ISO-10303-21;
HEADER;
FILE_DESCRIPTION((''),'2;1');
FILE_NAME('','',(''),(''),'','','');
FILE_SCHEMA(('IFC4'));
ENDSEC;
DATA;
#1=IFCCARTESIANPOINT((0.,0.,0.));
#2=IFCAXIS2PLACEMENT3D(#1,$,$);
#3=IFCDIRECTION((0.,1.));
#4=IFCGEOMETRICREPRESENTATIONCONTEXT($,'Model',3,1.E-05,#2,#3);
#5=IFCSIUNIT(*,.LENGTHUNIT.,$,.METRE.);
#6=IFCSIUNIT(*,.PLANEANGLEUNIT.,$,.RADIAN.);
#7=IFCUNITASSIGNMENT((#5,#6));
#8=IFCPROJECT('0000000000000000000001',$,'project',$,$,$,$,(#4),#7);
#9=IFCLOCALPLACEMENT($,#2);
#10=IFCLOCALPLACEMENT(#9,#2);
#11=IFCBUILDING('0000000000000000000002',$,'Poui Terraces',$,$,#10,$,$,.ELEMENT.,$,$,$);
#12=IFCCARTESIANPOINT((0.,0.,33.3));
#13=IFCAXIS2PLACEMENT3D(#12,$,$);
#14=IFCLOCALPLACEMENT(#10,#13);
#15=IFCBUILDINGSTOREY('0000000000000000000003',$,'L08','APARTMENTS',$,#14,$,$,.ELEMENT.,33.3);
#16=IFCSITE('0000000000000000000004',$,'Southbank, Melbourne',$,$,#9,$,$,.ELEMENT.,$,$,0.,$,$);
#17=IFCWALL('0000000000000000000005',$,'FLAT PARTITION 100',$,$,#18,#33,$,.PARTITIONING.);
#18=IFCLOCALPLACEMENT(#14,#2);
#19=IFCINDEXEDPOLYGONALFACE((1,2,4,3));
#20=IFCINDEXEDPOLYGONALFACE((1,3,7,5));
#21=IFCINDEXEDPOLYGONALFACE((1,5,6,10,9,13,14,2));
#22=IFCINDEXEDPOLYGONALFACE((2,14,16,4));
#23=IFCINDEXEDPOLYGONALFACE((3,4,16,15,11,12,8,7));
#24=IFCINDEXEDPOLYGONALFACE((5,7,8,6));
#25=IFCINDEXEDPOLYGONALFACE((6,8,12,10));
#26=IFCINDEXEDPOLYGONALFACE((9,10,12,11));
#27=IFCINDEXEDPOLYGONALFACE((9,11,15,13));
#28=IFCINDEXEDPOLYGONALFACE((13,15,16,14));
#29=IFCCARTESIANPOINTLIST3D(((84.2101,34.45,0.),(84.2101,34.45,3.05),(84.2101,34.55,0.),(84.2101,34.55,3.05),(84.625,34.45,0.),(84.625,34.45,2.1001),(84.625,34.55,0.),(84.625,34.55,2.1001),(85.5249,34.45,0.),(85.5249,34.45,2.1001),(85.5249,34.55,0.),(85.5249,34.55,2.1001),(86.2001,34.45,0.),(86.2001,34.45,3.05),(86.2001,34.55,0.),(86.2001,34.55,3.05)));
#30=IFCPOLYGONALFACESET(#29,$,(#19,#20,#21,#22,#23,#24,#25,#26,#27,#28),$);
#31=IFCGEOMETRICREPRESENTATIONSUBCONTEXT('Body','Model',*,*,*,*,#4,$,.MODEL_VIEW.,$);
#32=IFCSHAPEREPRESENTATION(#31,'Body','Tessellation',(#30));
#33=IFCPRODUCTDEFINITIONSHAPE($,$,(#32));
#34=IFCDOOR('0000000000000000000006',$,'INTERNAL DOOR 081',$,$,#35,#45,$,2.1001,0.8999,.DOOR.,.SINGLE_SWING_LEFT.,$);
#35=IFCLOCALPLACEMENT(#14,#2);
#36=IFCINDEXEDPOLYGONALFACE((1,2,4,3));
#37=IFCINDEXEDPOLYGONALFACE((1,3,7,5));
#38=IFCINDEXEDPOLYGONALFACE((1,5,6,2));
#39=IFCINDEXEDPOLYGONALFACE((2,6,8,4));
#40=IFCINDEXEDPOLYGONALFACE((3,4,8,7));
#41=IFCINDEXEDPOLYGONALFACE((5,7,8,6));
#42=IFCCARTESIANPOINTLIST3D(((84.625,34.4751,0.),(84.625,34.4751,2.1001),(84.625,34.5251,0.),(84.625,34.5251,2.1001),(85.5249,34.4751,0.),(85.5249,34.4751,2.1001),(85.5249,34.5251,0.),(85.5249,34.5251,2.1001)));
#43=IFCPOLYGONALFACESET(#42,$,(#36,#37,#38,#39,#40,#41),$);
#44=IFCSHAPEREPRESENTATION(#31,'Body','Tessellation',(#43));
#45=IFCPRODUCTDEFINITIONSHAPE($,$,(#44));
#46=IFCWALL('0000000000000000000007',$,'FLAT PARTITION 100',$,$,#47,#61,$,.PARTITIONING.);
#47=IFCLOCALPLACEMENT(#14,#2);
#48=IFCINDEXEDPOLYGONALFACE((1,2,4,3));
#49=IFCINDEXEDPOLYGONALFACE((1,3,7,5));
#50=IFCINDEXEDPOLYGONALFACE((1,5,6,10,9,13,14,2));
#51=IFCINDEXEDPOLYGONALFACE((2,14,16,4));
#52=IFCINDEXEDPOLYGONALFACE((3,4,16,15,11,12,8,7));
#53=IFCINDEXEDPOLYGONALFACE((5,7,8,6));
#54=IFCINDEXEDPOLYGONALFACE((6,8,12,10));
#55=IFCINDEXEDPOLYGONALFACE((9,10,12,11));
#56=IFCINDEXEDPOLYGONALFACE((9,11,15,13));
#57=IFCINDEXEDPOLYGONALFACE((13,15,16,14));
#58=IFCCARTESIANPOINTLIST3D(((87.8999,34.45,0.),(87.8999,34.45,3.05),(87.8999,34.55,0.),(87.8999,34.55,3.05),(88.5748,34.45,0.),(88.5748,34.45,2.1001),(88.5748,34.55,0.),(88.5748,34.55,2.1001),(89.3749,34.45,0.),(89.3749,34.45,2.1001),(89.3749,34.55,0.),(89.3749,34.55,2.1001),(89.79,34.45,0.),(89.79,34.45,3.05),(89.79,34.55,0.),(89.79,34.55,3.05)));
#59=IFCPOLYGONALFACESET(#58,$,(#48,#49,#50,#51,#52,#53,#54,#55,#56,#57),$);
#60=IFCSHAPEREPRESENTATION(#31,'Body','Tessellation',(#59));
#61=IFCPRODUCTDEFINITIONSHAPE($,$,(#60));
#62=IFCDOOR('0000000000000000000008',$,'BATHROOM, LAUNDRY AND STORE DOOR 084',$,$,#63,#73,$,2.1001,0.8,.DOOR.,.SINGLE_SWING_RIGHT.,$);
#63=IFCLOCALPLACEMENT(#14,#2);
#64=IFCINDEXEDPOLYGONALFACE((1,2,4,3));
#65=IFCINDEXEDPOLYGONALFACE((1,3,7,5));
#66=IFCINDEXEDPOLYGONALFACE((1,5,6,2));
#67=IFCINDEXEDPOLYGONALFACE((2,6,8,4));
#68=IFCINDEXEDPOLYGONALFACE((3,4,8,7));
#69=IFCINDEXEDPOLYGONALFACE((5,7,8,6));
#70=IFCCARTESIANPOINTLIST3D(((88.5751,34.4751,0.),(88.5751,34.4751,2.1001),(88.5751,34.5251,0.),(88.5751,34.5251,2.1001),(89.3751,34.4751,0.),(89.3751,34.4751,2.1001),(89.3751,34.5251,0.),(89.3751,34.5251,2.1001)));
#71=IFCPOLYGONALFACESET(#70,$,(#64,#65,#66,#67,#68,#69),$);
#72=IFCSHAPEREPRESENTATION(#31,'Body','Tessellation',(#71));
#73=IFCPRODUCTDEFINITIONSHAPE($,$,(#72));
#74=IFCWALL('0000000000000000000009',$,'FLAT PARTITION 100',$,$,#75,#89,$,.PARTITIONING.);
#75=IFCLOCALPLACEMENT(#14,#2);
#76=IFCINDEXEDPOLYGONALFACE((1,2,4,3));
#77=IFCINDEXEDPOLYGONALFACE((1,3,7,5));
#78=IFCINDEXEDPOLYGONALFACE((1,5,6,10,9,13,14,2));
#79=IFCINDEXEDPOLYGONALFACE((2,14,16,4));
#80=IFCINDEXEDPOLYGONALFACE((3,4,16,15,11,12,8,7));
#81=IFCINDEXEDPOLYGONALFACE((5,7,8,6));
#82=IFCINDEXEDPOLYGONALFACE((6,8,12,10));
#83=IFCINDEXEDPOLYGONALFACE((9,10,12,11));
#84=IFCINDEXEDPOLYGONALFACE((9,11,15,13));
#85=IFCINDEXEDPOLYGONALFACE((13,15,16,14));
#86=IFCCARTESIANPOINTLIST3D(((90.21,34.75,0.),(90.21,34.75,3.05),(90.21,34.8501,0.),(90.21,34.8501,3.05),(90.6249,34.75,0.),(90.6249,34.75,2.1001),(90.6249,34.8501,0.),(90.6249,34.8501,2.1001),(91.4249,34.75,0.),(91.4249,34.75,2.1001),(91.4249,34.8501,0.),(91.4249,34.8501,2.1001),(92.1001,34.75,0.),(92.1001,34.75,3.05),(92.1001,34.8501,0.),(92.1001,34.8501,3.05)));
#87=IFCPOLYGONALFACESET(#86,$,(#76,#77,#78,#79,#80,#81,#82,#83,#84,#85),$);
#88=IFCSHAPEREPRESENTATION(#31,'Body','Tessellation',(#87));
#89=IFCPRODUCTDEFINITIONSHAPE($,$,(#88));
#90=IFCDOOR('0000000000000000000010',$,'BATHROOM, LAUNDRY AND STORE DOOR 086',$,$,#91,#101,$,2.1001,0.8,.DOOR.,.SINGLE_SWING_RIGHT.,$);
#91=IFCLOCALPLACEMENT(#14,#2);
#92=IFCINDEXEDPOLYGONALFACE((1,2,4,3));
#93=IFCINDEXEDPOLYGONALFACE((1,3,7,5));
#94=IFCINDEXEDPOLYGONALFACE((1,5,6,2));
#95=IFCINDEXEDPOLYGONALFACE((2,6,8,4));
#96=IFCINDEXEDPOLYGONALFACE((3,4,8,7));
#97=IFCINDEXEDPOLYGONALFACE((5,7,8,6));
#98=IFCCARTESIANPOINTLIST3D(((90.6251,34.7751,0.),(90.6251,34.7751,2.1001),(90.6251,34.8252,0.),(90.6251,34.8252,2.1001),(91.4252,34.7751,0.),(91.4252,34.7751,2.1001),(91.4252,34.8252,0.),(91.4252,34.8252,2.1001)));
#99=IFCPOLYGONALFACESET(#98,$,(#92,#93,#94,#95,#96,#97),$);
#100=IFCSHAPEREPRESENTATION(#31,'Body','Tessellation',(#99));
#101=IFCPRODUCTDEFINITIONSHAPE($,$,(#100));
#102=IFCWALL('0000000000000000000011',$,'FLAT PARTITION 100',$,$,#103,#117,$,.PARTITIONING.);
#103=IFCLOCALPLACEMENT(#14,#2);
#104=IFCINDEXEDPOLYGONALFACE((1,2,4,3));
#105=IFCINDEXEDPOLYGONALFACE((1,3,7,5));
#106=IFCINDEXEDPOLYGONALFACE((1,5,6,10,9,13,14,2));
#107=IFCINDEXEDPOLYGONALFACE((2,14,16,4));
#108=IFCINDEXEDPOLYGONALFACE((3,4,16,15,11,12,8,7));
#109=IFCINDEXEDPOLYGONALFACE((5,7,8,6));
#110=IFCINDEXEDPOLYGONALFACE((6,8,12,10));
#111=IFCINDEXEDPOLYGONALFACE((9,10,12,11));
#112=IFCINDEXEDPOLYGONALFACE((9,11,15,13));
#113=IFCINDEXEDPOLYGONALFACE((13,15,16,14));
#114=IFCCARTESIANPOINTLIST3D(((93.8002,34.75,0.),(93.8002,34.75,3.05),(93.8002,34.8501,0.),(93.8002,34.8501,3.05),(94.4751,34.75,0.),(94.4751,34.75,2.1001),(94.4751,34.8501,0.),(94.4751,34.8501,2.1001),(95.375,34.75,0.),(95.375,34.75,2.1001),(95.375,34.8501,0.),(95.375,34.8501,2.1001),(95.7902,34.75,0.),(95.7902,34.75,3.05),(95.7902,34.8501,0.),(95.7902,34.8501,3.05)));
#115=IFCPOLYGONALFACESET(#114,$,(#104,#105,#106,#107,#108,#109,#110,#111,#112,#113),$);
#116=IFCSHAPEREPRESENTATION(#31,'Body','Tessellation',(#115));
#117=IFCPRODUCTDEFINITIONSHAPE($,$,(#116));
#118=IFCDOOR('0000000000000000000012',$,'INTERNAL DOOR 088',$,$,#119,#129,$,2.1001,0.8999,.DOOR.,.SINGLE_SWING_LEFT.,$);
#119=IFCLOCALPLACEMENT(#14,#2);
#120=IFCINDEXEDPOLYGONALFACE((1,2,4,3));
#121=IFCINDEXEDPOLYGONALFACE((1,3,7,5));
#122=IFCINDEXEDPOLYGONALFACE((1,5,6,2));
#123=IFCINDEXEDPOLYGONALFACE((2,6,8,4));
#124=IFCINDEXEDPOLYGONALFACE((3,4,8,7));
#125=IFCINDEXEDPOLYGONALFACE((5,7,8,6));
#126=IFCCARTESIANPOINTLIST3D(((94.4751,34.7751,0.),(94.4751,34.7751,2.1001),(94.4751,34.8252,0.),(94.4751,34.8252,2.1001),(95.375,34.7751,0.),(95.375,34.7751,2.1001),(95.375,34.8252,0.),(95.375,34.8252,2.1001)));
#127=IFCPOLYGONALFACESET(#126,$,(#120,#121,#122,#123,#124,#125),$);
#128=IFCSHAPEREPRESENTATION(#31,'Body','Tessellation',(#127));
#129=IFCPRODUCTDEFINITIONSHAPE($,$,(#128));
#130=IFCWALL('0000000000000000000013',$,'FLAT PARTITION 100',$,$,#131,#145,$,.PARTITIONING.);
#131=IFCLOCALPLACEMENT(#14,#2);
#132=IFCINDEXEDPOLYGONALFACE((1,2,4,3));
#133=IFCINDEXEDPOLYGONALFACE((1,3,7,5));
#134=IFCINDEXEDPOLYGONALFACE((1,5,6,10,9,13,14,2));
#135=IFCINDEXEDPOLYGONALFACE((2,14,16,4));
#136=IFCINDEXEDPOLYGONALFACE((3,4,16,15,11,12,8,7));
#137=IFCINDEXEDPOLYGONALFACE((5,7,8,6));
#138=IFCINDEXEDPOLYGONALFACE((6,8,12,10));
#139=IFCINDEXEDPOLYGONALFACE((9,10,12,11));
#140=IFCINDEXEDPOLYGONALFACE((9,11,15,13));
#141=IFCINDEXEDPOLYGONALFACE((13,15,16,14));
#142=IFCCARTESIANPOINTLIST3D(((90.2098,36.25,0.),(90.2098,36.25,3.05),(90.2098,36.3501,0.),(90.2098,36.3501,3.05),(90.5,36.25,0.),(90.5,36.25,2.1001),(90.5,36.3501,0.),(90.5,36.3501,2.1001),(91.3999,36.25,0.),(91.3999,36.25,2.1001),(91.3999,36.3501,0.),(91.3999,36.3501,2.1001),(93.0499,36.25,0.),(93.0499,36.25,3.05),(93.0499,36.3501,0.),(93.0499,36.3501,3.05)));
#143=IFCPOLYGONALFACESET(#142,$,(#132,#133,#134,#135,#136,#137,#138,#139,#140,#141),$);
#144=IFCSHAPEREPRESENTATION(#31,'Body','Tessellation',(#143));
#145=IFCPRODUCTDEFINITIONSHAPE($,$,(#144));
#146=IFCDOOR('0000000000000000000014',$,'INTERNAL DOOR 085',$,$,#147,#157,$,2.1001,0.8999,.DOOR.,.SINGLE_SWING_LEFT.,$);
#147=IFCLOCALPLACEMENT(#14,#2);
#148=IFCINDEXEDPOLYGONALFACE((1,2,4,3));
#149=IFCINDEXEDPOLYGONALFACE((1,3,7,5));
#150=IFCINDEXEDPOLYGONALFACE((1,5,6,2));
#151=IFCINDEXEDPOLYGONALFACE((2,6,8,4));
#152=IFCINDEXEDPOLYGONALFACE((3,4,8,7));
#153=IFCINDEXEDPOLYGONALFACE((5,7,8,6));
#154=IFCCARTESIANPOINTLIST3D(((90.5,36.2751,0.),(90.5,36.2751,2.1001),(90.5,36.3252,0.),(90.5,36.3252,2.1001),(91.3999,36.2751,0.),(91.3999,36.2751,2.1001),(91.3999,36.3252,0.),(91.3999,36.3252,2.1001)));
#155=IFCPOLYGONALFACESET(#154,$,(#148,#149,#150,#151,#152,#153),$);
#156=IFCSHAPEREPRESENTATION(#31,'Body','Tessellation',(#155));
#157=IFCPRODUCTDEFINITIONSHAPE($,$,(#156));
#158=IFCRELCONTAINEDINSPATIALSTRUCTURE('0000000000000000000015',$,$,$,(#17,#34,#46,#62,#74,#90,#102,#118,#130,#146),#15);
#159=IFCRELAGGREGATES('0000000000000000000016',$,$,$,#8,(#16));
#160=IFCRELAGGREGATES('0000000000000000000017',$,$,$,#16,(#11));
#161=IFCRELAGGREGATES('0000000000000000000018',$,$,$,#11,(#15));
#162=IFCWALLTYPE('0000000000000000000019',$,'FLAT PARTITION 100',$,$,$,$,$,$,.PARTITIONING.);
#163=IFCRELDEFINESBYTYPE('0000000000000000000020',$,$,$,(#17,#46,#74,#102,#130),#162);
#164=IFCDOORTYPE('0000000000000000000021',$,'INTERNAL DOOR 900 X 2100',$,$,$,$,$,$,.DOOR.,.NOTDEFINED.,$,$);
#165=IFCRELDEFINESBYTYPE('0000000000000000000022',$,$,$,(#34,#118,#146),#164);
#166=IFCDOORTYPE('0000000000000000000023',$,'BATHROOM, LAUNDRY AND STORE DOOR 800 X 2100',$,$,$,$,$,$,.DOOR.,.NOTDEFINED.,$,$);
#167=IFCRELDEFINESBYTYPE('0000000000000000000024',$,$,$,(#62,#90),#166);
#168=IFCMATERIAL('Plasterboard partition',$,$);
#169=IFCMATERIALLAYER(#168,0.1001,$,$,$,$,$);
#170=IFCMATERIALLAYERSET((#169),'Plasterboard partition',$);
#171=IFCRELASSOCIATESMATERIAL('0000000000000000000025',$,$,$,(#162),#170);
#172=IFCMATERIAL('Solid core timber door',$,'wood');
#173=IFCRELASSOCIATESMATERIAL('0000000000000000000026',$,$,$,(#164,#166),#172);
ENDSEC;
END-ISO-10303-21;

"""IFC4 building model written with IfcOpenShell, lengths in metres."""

from ifc_helpers import new_model, si_unit, direction, frame, frame_2d, origin, place, context, subcontext, project, spatial, rectangle, extrude, material, layer, layer_set, type_object, element, fill, save


model = new_model("IFC4")

# Units and contexts
model_context = context("Model", 3, precision=1e-05, world=origin(), true_north=direction((0.0, 1.0)))
body_context = subcontext(model_context, "Body", "Model", "MODEL_VIEW")
ifc_project = project(units=[si_unit("LENGTHUNIT", "METRE"), si_unit("PLANEANGLEUNIT", "RADIAN")], contexts=[model_context])

# Site, building, storey
site_placement = place(None, origin())
site = spatial("IfcSite", under=ifc_project, at=site_placement, Name="Southbank, Melbourne", CompositionType="ELEMENT", RefElevation=0.0)
building_placement = place(site_placement, origin())
building = spatial("IfcBuilding", under=site, at=building_placement, Name="Poui Terraces", CompositionType="ELEMENT")
storey_placement = place(building_placement, frame((0.0, 0.0, 33.3)))
storey = spatial("IfcBuildingStorey", under=building, at=storey_placement, Name="L08", Description="APARTMENTS", CompositionType="ELEMENT", Elevation=33.3)

# Walls, openings, doors
ifc_material_1 = material(Name="Plasterboard partition")
ifc_layer_1 = layer(ifc_material_1, 0.1001)
ifc_layer_set_1 = layer_set([ifc_layer_1], Name="Plasterboard partition")
wall_type_1 = type_object("IfcWallType", Name="FLAT PARTITION 100", PredefinedType="PARTITIONING", material=ifc_layer_set_1)
wall_1_placement = place(storey_placement, frame((84.21, 34.5, 0.0), z_axis=(0.0, 0.0, 1.0), x_axis=(1.0, 0.0, 0.0)))
wall_1 = element("IfcWall", 1, at=wall_1_placement, inside=storey, type_object=wall_type_1, Name="FLAT PARTITION 100", PredefinedType="PARTITIONING", context=body_context, shape_type="SweptSolid", body=[
    extrude(rectangle(XDim=1.99, YDim=0.1001, at=frame_2d((0.9951, 0.0))), origin(), (0.0, 0.0, 1.0), 3.05),
])
opening_1_placement = place(wall_1_placement, frame((0.415, 0.0, 0.0)))
opening_1 = element("IfcOpeningElement", 2, at=opening_1_placement, cuts=wall_1, PredefinedType="OPENING", context=body_context, shape_type="SweptSolid", body=[
    extrude(rectangle(XDim=0.8999, YDim=2.1001, at=frame_2d((0.45, 1.05))), frame((0.0, 0.0601, 0.0), z_axis=(0.0, -1.0, 0.0), x_axis=(1.0, 0.0, 0.0)), (0.0, 0.0, 1.0), 0.1201),
])
ifc_material_2 = material(Name="Solid core timber door", Category="wood")
door_type_1 = type_object("IfcDoorType", Name="INTERNAL DOOR 900 X 2100", OperationType="NOTDEFINED", PredefinedType="DOOR", material=ifc_material_2)
door_1_placement = place(opening_1_placement, frame((0.8999, 0.0, 0.0), z_axis=(0.0, 0.0, 1.0), x_axis=(-1.0, 0.0, 0.0)))
door_1 = element("IfcDoor", 3, at=door_1_placement, inside=storey, type_object=door_type_1, Name="INTERNAL DOOR 081", OperationType="SINGLE_SWING_LEFT", OverallHeight=2.1001, OverallWidth=0.8999, PredefinedType="DOOR", context=body_context, shape_type="SweptSolid", body=[
    extrude(rectangle(XDim=0.8999, YDim=2.1001, at=frame_2d((0.45, 1.05))), frame((0.0, 0.0249, 0.0), z_axis=(0.0, -1.0, 0.0), x_axis=(1.0, 0.0, 0.0)), (0.0, 0.0, 1.0), 0.05),
])
fill(opening_1, door_1)
wall_2_placement = place(storey_placement, frame((87.8999, 34.5, 0.0), z_axis=(0.0, 0.0, 1.0), x_axis=(1.0, 0.0, 0.0)))
wall_2 = element("IfcWall", 4, at=wall_2_placement, inside=storey, type_object=wall_type_1, Name="FLAT PARTITION 100", PredefinedType="PARTITIONING", context=body_context, shape_type="SweptSolid", body=[
    extrude(rectangle(XDim=1.8901, YDim=0.1001, at=frame_2d((0.9451, 0.0))), origin(), (0.0, 0.0, 1.0), 3.05),
])
opening_2_placement = place(wall_2_placement, frame((0.675, 0.0, 0.0)))
opening_2 = element("IfcOpeningElement", 5, at=opening_2_placement, cuts=wall_2, PredefinedType="OPENING", context=body_context, shape_type="SweptSolid", body=[
    extrude(rectangle(XDim=0.8, YDim=2.1001, at=frame_2d((0.3999, 1.05))), frame((0.0, 0.0601, 0.0), z_axis=(0.0, -1.0, 0.0), x_axis=(1.0, 0.0, 0.0)), (0.0, 0.0, 1.0), 0.1201),
])
door_type_2 = type_object("IfcDoorType", Name="BATHROOM, LAUNDRY AND STORE DOOR 800 X 2100", OperationType="NOTDEFINED", PredefinedType="DOOR", material=ifc_material_2)
door_2_placement = place(opening_2_placement, frame((0.8, 0.0, 0.0), z_axis=(0.0, 0.0, 1.0), x_axis=(-1.0, 0.0, 0.0)))
door_2 = element("IfcDoor", 6, at=door_2_placement, inside=storey, type_object=door_type_2, Name="BATHROOM, LAUNDRY AND STORE DOOR 084", OperationType="SINGLE_SWING_RIGHT", OverallHeight=2.1001, OverallWidth=0.8, PredefinedType="DOOR", context=body_context, shape_type="SweptSolid", body=[
    extrude(rectangle(XDim=0.8, YDim=2.1001, at=frame_2d((0.3999, 1.05))), frame((0.0, 0.0249, 0.0), z_axis=(0.0, -1.0, 0.0), x_axis=(1.0, 0.0, 0.0)), (0.0, 0.0, 1.0), 0.05),
])
fill(opening_2, door_2)
wall_3_placement = place(storey_placement, frame((90.21, 34.8, 0.0), z_axis=(0.0, 0.0, 1.0), x_axis=(1.0, 0.0, 0.0)))
wall_3 = element("IfcWall", 7, at=wall_3_placement, inside=storey, type_object=wall_type_1, Name="FLAT PARTITION 100", PredefinedType="PARTITIONING", context=body_context, shape_type="SweptSolid", body=[
    extrude(rectangle(XDim=1.8901, YDim=0.1001, at=frame_2d((0.9451, 0.0))), origin(), (0.0, 0.0, 1.0), 3.05),
])
opening_3_placement = place(wall_3_placement, frame((0.415, 0.0, 0.0)))
opening_3 = element("IfcOpeningElement", 8, at=opening_3_placement, cuts=wall_3, PredefinedType="OPENING", context=body_context, shape_type="SweptSolid", body=[
    extrude(rectangle(XDim=0.8, YDim=2.1001, at=frame_2d((0.3999, 1.05))), frame((0.0, 0.0601, 0.0), z_axis=(0.0, -1.0, 0.0), x_axis=(1.0, 0.0, 0.0)), (0.0, 0.0, 1.0), 0.1201),
])
door_3_placement = place(opening_3_placement, frame((0.8, 0.0, 0.0), z_axis=(0.0, 0.0, 1.0), x_axis=(-1.0, 0.0, 0.0)))
door_3 = element("IfcDoor", 9, at=door_3_placement, inside=storey, type_object=door_type_2, Name="BATHROOM, LAUNDRY AND STORE DOOR 086", OperationType="SINGLE_SWING_RIGHT", OverallHeight=2.1001, OverallWidth=0.8, PredefinedType="DOOR", context=body_context, shape_type="SweptSolid", body=[
    extrude(rectangle(XDim=0.8, YDim=2.1001, at=frame_2d((0.3999, 1.05))), frame((0.0, 0.0249, 0.0), z_axis=(0.0, -1.0, 0.0), x_axis=(1.0, 0.0, 0.0)), (0.0, 0.0, 1.0), 0.05),
])
fill(opening_3, door_3)
wall_4_placement = place(storey_placement, frame((93.8, 34.8, 0.0), z_axis=(0.0, 0.0, 1.0), x_axis=(1.0, 0.0, 0.0)))
wall_4 = element("IfcWall", 10, at=wall_4_placement, inside=storey, type_object=wall_type_1, Name="FLAT PARTITION 100", PredefinedType="PARTITIONING", context=body_context, shape_type="SweptSolid", body=[
    extrude(rectangle(XDim=1.99, YDim=0.1001, at=frame_2d((0.9951, 0.0))), origin(), (0.0, 0.0, 1.0), 3.05),
])
opening_4_placement = place(wall_4_placement, frame((0.675, 0.0, 0.0)))
opening_4 = element("IfcOpeningElement", 11, at=opening_4_placement, cuts=wall_4, PredefinedType="OPENING", context=body_context, shape_type="SweptSolid", body=[
    extrude(rectangle(XDim=0.8999, YDim=2.1001, at=frame_2d((0.45, 1.05))), frame((0.0, 0.0601, 0.0), z_axis=(0.0, -1.0, 0.0), x_axis=(1.0, 0.0, 0.0)), (0.0, 0.0, 1.0), 0.1201),
])
door_4_placement = place(opening_4_placement, frame((0.8999, 0.0, 0.0), z_axis=(0.0, 0.0, 1.0), x_axis=(-1.0, 0.0, 0.0)))
door_4 = element("IfcDoor", 12, at=door_4_placement, inside=storey, type_object=door_type_1, Name="INTERNAL DOOR 088", OperationType="SINGLE_SWING_LEFT", OverallHeight=2.1001, OverallWidth=0.8999, PredefinedType="DOOR", context=body_context, shape_type="SweptSolid", body=[
    extrude(rectangle(XDim=0.8999, YDim=2.1001, at=frame_2d((0.45, 1.05))), frame((0.0, 0.0249, 0.0), z_axis=(0.0, -1.0, 0.0), x_axis=(1.0, 0.0, 0.0)), (0.0, 0.0, 1.0), 0.05),
])
fill(opening_4, door_4)
wall_5_placement = place(storey_placement, frame((90.21, 36.3, 0.0), z_axis=(0.0, 0.0, 1.0), x_axis=(1.0, 0.0, 0.0)))
wall_5 = element("IfcWall", 13, at=wall_5_placement, inside=storey, type_object=wall_type_1, Name="FLAT PARTITION 100", PredefinedType="PARTITIONING", context=body_context, shape_type="SweptSolid", body=[
    extrude(rectangle(XDim=2.8401, YDim=0.1001, at=frame_2d((1.4199, 0.0))), origin(), (0.0, 0.0, 1.0), 3.05),
])
opening_5_placement = place(wall_5_placement, frame((0.29, 0.0, 0.0)))
opening_5 = element("IfcOpeningElement", 14, at=opening_5_placement, cuts=wall_5, PredefinedType="OPENING", context=body_context, shape_type="SweptSolid", body=[
    extrude(rectangle(XDim=0.8999, YDim=2.1001, at=frame_2d((0.45, 1.05))), frame((0.0, 0.0601, 0.0), z_axis=(0.0, -1.0, 0.0), x_axis=(1.0, 0.0, 0.0)), (0.0, 0.0, 1.0), 0.1201),
])
door_5_placement = place(opening_5_placement, frame((0.8999, 0.0, 0.0), z_axis=(0.0, 0.0, 1.0), x_axis=(-1.0, 0.0, 0.0)))
door_5 = element("IfcDoor", 15, at=door_5_placement, inside=storey, type_object=door_type_1, Name="INTERNAL DOOR 085", OperationType="SINGLE_SWING_LEFT", OverallHeight=2.1001, OverallWidth=0.8999, PredefinedType="DOOR", context=body_context, shape_type="SweptSolid", body=[
    extrude(rectangle(XDim=0.8999, YDim=2.1001, at=frame_2d((0.45, 1.05))), frame((0.0, 0.0249, 0.0), z_axis=(0.0, -1.0, 0.0), x_axis=(1.0, 0.0, 0.0)), (0.0, 0.0, 1.0), 0.05),
])
fill(opening_5, door_5)

save(model, "model.ifc")
